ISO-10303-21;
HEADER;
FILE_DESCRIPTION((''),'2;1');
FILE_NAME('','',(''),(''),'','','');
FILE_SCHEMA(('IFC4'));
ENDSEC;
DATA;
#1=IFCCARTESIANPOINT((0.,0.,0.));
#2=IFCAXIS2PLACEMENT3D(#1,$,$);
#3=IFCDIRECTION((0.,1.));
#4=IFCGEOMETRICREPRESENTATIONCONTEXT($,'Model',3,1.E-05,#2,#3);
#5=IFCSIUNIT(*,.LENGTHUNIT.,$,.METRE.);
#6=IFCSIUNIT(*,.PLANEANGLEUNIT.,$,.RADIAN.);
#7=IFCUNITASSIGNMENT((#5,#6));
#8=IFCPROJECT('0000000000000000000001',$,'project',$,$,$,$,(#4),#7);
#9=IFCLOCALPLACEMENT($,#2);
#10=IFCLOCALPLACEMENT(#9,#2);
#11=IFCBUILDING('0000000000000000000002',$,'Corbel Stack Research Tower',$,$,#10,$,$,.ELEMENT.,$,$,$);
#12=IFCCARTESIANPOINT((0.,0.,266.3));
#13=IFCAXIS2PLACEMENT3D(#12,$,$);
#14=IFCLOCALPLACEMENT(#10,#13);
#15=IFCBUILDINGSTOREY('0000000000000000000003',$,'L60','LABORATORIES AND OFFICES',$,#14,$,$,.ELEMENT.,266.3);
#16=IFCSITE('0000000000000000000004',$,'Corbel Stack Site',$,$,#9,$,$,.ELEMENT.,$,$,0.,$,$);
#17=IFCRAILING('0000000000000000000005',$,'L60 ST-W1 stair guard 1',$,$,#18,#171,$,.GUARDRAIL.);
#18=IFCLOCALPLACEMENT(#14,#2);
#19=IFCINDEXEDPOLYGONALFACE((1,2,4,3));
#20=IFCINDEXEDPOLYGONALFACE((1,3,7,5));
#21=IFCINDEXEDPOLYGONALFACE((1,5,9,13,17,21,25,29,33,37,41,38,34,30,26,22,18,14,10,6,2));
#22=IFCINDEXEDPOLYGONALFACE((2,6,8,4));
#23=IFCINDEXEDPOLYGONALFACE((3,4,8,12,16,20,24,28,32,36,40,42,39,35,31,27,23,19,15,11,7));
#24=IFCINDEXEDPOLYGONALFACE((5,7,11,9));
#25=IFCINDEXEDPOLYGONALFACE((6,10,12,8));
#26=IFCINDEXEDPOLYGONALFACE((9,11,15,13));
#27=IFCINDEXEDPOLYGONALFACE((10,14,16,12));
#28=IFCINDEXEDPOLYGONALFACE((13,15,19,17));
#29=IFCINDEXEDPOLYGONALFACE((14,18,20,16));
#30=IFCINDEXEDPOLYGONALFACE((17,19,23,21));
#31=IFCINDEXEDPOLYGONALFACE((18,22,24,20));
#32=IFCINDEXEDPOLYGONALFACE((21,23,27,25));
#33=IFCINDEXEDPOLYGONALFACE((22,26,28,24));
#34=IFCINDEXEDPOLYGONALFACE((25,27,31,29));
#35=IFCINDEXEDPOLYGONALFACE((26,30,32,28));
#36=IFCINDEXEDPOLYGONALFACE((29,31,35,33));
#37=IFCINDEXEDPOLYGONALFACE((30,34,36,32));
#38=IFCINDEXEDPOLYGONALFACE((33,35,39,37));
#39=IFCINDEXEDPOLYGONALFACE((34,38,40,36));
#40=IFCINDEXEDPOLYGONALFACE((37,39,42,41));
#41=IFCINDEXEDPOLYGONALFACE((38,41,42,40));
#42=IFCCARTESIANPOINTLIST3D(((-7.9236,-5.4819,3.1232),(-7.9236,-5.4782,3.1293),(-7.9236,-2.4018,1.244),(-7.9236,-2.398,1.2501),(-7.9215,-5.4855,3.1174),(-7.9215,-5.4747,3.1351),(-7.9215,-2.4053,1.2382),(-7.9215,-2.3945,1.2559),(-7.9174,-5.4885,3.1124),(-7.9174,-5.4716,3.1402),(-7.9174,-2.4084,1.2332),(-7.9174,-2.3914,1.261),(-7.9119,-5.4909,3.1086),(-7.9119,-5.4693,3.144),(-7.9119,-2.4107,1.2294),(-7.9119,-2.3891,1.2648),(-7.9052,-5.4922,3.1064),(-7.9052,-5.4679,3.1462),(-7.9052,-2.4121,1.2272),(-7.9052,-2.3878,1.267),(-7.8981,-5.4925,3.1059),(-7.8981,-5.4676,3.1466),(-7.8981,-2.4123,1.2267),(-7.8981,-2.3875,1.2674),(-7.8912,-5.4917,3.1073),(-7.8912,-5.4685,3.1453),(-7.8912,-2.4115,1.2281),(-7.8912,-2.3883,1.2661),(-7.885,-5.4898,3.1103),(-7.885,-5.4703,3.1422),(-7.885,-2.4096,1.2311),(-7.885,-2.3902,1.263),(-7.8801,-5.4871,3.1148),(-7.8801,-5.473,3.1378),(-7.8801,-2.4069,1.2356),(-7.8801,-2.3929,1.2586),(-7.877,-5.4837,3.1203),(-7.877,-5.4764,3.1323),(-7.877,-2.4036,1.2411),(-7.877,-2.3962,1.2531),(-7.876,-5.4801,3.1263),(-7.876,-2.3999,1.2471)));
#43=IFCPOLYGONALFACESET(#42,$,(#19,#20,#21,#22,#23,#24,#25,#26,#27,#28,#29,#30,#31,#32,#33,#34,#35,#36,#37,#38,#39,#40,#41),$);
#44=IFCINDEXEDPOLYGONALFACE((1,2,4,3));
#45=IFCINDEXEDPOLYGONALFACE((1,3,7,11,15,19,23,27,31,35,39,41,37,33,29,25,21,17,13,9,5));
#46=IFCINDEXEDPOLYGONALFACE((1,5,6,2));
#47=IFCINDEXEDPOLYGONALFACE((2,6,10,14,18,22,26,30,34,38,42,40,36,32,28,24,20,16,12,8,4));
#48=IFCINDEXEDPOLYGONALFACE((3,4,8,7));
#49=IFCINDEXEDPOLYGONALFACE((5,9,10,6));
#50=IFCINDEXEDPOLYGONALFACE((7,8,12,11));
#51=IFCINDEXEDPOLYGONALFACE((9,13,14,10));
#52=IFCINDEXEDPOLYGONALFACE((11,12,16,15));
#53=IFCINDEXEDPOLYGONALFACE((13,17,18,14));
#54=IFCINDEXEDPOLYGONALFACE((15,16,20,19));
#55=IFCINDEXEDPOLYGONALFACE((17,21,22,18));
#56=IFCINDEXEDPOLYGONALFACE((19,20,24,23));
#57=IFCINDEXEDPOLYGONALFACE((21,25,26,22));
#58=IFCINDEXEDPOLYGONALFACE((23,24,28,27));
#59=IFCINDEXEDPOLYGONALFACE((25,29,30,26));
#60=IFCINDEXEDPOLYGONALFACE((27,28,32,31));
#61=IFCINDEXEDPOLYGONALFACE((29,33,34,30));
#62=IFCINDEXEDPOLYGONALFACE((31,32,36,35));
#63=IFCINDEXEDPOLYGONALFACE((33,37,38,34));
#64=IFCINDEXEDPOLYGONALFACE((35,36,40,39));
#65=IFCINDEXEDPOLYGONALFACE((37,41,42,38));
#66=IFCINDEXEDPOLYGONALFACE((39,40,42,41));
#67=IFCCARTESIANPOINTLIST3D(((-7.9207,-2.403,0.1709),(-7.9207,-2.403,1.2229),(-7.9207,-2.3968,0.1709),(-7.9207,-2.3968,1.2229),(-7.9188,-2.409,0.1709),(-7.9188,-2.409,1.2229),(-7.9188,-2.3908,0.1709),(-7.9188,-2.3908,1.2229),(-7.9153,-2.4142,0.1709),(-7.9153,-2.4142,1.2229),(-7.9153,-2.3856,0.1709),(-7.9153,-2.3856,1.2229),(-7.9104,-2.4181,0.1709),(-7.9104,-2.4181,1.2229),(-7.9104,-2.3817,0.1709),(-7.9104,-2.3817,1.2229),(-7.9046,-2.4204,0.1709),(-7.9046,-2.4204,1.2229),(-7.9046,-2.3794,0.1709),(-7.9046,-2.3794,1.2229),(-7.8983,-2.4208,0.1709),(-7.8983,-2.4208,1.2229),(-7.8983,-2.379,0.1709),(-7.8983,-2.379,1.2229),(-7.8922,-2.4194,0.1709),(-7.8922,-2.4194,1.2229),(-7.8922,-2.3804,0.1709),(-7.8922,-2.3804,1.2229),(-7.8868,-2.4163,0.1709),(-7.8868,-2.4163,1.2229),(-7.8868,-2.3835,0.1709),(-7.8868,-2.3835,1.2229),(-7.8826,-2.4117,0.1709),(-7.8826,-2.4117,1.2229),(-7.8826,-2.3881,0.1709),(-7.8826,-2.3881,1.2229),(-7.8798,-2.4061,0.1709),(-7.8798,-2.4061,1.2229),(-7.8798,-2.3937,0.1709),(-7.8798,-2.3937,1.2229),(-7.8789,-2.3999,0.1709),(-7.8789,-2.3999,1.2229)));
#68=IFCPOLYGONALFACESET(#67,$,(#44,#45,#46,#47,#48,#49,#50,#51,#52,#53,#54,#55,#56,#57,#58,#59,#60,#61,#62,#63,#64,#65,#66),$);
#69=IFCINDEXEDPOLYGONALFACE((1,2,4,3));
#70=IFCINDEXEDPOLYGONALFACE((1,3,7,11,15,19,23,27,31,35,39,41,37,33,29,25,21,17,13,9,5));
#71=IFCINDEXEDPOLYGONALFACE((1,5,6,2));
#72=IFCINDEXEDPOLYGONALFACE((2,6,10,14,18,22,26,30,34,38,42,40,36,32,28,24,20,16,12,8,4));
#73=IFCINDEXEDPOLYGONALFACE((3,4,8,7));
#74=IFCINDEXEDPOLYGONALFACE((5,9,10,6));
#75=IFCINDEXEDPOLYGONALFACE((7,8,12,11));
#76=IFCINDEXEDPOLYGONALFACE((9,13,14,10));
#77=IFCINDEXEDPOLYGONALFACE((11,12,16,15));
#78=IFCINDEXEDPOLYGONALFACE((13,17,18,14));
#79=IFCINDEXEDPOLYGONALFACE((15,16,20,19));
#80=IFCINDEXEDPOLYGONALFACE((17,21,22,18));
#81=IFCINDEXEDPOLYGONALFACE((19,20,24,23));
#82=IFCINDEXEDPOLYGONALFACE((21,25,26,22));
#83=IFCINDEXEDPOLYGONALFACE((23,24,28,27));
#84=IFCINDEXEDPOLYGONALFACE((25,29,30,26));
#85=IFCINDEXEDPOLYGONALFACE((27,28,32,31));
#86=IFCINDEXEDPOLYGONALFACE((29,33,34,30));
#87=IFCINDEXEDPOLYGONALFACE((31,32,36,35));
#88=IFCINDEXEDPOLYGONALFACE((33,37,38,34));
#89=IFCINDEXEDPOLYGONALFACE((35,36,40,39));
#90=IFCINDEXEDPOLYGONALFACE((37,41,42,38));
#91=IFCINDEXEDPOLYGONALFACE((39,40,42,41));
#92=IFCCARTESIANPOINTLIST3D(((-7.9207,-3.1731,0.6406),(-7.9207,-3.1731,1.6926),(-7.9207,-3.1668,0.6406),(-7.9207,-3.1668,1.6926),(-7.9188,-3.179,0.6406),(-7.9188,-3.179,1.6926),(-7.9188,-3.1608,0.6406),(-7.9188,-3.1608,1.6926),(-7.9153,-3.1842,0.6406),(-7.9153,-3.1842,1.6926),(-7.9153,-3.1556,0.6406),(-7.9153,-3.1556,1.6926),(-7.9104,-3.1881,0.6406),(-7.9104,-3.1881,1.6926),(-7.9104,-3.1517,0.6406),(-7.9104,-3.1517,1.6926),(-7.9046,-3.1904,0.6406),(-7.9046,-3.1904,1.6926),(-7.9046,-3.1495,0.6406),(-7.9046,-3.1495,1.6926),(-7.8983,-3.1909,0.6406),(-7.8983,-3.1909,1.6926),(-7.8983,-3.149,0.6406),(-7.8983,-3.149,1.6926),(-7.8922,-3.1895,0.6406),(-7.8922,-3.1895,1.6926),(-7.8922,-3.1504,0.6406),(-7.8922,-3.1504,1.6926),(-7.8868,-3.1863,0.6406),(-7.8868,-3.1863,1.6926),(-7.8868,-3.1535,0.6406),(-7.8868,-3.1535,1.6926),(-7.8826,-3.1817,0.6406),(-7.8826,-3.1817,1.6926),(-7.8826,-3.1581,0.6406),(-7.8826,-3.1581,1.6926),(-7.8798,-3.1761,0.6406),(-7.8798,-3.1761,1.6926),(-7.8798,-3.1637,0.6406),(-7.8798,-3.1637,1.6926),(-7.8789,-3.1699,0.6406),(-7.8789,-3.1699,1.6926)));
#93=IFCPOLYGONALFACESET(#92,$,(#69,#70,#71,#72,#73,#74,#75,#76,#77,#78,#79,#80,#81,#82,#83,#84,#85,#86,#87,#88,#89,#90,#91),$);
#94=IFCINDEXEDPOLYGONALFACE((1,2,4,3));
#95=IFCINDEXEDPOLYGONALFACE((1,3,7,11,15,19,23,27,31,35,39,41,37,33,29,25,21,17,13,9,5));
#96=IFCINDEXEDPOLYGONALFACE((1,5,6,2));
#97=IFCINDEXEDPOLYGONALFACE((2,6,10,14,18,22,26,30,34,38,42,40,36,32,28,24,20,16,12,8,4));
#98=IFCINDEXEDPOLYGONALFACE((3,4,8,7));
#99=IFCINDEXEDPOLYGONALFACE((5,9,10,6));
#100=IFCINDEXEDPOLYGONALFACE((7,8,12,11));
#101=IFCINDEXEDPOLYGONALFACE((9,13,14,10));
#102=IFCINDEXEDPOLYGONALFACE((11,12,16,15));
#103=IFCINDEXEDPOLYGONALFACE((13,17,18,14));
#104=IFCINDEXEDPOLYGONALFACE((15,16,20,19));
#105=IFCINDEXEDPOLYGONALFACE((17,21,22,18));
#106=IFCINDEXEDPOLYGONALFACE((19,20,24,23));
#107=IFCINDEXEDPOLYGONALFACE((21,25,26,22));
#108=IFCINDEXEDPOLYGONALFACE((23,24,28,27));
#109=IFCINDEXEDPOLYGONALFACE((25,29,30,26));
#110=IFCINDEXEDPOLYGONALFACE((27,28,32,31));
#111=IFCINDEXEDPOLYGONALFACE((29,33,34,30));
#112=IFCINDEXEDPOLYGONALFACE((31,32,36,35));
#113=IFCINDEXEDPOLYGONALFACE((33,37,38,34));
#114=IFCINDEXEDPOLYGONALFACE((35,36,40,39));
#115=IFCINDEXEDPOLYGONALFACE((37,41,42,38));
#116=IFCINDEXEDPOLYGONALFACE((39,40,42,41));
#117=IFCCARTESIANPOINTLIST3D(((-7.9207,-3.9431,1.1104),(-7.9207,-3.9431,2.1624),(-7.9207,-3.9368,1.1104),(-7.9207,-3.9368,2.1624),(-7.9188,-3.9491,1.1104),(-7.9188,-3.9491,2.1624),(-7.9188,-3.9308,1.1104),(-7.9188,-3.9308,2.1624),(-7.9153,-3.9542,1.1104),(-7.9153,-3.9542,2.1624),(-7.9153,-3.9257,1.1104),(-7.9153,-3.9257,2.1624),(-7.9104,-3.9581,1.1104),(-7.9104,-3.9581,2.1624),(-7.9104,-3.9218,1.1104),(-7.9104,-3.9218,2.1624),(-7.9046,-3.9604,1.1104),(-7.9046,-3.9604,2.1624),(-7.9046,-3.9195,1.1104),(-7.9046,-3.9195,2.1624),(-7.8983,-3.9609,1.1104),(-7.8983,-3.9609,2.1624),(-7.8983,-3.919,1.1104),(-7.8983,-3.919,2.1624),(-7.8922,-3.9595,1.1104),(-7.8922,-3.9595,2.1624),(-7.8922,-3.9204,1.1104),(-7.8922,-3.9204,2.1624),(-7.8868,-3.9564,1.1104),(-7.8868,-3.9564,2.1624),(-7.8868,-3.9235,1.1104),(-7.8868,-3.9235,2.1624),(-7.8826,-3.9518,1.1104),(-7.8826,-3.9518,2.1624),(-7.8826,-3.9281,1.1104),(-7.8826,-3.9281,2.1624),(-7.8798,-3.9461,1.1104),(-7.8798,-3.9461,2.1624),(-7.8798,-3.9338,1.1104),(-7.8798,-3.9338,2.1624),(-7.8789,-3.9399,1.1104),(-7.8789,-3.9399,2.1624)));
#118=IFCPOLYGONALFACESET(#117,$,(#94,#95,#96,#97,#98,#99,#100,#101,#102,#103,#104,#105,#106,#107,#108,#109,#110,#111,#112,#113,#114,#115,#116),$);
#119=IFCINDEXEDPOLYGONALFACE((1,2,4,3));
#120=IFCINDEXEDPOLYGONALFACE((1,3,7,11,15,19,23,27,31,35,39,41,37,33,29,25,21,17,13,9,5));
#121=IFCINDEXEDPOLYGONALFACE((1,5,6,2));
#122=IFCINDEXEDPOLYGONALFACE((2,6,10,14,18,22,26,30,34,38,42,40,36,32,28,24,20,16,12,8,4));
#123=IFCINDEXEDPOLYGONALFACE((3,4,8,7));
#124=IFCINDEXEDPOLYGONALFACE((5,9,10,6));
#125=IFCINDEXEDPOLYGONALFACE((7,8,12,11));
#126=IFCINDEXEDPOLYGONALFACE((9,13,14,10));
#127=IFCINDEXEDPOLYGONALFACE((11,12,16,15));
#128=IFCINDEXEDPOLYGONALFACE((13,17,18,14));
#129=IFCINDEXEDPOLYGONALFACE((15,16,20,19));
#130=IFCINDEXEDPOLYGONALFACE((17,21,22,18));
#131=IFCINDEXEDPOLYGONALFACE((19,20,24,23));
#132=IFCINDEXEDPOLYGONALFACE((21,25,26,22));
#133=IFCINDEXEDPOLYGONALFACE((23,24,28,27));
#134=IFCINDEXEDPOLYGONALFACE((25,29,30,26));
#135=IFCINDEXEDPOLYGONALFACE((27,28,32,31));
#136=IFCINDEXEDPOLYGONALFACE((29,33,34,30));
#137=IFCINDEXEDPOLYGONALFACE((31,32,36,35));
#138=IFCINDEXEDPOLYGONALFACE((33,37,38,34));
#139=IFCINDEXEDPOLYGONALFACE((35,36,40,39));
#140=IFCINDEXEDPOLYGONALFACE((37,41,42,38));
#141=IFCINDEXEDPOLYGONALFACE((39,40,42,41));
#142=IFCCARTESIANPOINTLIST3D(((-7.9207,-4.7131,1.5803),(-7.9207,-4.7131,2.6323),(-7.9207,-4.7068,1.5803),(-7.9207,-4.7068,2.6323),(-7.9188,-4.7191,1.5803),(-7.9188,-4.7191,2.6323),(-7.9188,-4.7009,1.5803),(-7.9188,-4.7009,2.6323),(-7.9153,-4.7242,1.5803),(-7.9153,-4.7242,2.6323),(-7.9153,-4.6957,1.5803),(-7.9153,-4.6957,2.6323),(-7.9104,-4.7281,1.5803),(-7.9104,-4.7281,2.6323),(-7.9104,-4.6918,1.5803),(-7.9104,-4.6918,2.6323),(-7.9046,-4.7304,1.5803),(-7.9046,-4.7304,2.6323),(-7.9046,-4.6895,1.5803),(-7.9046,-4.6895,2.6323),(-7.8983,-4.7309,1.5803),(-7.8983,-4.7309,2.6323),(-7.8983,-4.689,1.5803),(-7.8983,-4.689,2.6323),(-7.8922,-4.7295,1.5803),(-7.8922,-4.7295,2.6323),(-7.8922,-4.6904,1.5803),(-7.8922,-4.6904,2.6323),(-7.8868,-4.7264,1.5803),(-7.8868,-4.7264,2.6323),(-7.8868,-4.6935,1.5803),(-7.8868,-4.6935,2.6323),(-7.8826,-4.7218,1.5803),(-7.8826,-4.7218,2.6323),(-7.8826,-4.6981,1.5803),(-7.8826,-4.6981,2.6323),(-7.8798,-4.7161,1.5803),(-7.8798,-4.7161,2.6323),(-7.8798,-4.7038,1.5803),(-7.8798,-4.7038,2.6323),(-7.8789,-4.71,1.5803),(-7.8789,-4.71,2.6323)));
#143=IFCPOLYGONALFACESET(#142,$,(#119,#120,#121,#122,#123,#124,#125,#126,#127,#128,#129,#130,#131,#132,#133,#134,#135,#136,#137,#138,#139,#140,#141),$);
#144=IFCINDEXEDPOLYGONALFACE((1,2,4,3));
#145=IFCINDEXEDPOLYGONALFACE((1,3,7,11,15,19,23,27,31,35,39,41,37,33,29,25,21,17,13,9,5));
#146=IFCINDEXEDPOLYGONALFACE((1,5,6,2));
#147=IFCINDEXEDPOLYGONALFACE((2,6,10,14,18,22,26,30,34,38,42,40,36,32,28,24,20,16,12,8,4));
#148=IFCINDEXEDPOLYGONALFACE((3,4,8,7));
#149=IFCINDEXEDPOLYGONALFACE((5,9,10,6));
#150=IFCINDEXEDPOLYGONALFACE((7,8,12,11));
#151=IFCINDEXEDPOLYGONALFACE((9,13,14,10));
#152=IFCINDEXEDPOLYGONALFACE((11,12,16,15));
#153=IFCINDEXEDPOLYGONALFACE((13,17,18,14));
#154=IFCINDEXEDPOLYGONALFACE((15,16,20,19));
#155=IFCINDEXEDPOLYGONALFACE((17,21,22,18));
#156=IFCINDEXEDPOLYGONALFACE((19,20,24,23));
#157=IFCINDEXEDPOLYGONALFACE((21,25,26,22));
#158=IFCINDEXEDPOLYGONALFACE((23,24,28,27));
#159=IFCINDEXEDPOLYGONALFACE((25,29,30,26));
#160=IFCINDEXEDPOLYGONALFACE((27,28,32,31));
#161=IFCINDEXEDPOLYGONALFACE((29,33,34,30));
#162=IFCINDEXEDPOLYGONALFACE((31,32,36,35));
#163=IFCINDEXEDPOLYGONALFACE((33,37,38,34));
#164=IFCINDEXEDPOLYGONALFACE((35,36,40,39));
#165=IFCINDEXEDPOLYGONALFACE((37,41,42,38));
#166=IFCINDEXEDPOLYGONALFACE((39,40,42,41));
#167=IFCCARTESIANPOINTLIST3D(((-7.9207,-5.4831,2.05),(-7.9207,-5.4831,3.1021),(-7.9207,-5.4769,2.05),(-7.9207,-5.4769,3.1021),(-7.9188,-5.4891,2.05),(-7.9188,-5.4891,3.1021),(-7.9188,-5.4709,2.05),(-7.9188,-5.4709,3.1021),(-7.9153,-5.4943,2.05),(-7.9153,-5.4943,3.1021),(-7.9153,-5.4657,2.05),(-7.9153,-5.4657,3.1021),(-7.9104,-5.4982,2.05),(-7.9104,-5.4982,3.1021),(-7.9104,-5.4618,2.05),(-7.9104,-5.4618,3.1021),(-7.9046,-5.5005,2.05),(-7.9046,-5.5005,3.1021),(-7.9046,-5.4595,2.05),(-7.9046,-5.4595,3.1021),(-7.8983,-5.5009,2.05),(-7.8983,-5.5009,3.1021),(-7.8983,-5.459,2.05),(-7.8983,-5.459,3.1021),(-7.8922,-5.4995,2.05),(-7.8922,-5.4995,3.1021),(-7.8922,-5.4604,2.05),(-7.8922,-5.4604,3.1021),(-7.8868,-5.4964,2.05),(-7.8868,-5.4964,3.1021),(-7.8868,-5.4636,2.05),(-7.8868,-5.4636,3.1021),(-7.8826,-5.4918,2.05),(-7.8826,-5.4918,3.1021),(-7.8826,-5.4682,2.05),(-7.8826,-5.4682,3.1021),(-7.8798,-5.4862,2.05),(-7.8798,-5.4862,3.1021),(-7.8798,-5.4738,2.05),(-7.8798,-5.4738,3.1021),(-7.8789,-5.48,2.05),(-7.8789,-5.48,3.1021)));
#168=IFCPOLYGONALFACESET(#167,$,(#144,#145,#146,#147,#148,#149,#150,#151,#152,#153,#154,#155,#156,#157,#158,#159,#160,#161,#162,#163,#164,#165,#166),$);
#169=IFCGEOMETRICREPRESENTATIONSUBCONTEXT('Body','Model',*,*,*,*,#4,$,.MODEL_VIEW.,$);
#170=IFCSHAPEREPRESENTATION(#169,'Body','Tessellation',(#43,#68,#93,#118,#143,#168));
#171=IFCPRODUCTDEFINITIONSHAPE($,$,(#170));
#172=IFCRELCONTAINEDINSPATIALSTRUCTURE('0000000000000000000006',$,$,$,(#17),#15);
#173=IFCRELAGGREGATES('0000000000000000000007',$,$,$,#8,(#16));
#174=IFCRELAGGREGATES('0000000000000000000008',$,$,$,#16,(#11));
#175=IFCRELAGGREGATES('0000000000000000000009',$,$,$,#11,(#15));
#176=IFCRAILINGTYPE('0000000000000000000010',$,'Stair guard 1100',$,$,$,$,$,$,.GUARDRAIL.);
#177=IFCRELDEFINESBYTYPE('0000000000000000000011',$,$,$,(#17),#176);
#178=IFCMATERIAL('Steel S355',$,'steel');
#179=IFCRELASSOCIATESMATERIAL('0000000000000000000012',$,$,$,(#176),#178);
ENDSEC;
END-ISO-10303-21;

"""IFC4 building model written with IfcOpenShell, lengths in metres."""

from ifc_helpers import new_model, si_unit, direction, frame, origin, origin_2d, place, context, subcontext, project, spatial, circle, extrude, material, type_object, element, save


model = new_model("IFC4")

# Units and contexts
model_context = context("Model", 3, precision=1e-05, world=origin(), true_north=direction((0.0, 1.0)))
body_context = subcontext(model_context, "Body", "Model", "MODEL_VIEW")
ifc_project = project(units=[si_unit("LENGTHUNIT", "METRE"), si_unit("PLANEANGLEUNIT", "RADIAN")], contexts=[model_context])

# Site, building, storey
site_placement = place(None, origin())
site = spatial("IfcSite", under=ifc_project, at=site_placement, Name="Corbel Stack Site", CompositionType="ELEMENT", RefElevation=0.0)
building_placement = place(site_placement, origin())
building = spatial("IfcBuilding", under=site, at=building_placement, Name="Corbel Stack Research Tower", CompositionType="ELEMENT")
storey_placement = place(building_placement, frame((0.0, 0.0, 266.3)))
storey = spatial("IfcBuildingStorey", under=building, at=storey_placement, Name="L60", Description="LABORATORIES AND OFFICES", CompositionType="ELEMENT", Elevation=266.3)

# Railing
ifc_material_1 = material(Name="Steel S355", Category="steel")
railing_type = type_object("IfcRailingType", Name="Stair guard 1100", PredefinedType="GUARDRAIL", material=ifc_material_1)
railing_1_placement = place(storey_placement, frame((-7.8999, -2.3999, 0.1709)))
element("IfcRailing", 1, at=railing_1_placement, inside=storey, type_object=railing_type, Name="L60 ST-W1 stair guard 1", PredefinedType="GUARDRAIL", context=body_context, shape_type="SweptSolid", body=[
    extrude(circle(Radius=0.0239, at=origin_2d()), frame((0.0, 0.0, 1.0762), z_axis=(0.0, -0.853666, 0.52082), x_axis=(1.0, 0.0, 0.0)), (0.0, 0.0, 1.0), 3.6082),
    extrude(circle(Radius=0.021, at=origin_2d()), origin(), (0.0, 0.0, 1.0), 1.052),
    extrude(circle(Radius=0.021, at=origin_2d()), frame((0.0, -0.77, 0.4697)), (0.0, 0.0, 1.0), 1.052),
    extrude(circle(Radius=0.021, at=origin_2d()), frame((0.0, -1.54, 0.9395)), (0.0, 0.0, 1.0), 1.052),
    extrude(circle(Radius=0.021, at=origin_2d()), frame((0.0, -2.3101, 1.4094)), (0.0, 0.0, 1.0), 1.052),
    extrude(circle(Radius=0.021, at=origin_2d()), frame((0.0, -3.0801, 1.8792)), (0.0, 0.0, 1.0), 1.052),
])

save(model, "model.ifc")
